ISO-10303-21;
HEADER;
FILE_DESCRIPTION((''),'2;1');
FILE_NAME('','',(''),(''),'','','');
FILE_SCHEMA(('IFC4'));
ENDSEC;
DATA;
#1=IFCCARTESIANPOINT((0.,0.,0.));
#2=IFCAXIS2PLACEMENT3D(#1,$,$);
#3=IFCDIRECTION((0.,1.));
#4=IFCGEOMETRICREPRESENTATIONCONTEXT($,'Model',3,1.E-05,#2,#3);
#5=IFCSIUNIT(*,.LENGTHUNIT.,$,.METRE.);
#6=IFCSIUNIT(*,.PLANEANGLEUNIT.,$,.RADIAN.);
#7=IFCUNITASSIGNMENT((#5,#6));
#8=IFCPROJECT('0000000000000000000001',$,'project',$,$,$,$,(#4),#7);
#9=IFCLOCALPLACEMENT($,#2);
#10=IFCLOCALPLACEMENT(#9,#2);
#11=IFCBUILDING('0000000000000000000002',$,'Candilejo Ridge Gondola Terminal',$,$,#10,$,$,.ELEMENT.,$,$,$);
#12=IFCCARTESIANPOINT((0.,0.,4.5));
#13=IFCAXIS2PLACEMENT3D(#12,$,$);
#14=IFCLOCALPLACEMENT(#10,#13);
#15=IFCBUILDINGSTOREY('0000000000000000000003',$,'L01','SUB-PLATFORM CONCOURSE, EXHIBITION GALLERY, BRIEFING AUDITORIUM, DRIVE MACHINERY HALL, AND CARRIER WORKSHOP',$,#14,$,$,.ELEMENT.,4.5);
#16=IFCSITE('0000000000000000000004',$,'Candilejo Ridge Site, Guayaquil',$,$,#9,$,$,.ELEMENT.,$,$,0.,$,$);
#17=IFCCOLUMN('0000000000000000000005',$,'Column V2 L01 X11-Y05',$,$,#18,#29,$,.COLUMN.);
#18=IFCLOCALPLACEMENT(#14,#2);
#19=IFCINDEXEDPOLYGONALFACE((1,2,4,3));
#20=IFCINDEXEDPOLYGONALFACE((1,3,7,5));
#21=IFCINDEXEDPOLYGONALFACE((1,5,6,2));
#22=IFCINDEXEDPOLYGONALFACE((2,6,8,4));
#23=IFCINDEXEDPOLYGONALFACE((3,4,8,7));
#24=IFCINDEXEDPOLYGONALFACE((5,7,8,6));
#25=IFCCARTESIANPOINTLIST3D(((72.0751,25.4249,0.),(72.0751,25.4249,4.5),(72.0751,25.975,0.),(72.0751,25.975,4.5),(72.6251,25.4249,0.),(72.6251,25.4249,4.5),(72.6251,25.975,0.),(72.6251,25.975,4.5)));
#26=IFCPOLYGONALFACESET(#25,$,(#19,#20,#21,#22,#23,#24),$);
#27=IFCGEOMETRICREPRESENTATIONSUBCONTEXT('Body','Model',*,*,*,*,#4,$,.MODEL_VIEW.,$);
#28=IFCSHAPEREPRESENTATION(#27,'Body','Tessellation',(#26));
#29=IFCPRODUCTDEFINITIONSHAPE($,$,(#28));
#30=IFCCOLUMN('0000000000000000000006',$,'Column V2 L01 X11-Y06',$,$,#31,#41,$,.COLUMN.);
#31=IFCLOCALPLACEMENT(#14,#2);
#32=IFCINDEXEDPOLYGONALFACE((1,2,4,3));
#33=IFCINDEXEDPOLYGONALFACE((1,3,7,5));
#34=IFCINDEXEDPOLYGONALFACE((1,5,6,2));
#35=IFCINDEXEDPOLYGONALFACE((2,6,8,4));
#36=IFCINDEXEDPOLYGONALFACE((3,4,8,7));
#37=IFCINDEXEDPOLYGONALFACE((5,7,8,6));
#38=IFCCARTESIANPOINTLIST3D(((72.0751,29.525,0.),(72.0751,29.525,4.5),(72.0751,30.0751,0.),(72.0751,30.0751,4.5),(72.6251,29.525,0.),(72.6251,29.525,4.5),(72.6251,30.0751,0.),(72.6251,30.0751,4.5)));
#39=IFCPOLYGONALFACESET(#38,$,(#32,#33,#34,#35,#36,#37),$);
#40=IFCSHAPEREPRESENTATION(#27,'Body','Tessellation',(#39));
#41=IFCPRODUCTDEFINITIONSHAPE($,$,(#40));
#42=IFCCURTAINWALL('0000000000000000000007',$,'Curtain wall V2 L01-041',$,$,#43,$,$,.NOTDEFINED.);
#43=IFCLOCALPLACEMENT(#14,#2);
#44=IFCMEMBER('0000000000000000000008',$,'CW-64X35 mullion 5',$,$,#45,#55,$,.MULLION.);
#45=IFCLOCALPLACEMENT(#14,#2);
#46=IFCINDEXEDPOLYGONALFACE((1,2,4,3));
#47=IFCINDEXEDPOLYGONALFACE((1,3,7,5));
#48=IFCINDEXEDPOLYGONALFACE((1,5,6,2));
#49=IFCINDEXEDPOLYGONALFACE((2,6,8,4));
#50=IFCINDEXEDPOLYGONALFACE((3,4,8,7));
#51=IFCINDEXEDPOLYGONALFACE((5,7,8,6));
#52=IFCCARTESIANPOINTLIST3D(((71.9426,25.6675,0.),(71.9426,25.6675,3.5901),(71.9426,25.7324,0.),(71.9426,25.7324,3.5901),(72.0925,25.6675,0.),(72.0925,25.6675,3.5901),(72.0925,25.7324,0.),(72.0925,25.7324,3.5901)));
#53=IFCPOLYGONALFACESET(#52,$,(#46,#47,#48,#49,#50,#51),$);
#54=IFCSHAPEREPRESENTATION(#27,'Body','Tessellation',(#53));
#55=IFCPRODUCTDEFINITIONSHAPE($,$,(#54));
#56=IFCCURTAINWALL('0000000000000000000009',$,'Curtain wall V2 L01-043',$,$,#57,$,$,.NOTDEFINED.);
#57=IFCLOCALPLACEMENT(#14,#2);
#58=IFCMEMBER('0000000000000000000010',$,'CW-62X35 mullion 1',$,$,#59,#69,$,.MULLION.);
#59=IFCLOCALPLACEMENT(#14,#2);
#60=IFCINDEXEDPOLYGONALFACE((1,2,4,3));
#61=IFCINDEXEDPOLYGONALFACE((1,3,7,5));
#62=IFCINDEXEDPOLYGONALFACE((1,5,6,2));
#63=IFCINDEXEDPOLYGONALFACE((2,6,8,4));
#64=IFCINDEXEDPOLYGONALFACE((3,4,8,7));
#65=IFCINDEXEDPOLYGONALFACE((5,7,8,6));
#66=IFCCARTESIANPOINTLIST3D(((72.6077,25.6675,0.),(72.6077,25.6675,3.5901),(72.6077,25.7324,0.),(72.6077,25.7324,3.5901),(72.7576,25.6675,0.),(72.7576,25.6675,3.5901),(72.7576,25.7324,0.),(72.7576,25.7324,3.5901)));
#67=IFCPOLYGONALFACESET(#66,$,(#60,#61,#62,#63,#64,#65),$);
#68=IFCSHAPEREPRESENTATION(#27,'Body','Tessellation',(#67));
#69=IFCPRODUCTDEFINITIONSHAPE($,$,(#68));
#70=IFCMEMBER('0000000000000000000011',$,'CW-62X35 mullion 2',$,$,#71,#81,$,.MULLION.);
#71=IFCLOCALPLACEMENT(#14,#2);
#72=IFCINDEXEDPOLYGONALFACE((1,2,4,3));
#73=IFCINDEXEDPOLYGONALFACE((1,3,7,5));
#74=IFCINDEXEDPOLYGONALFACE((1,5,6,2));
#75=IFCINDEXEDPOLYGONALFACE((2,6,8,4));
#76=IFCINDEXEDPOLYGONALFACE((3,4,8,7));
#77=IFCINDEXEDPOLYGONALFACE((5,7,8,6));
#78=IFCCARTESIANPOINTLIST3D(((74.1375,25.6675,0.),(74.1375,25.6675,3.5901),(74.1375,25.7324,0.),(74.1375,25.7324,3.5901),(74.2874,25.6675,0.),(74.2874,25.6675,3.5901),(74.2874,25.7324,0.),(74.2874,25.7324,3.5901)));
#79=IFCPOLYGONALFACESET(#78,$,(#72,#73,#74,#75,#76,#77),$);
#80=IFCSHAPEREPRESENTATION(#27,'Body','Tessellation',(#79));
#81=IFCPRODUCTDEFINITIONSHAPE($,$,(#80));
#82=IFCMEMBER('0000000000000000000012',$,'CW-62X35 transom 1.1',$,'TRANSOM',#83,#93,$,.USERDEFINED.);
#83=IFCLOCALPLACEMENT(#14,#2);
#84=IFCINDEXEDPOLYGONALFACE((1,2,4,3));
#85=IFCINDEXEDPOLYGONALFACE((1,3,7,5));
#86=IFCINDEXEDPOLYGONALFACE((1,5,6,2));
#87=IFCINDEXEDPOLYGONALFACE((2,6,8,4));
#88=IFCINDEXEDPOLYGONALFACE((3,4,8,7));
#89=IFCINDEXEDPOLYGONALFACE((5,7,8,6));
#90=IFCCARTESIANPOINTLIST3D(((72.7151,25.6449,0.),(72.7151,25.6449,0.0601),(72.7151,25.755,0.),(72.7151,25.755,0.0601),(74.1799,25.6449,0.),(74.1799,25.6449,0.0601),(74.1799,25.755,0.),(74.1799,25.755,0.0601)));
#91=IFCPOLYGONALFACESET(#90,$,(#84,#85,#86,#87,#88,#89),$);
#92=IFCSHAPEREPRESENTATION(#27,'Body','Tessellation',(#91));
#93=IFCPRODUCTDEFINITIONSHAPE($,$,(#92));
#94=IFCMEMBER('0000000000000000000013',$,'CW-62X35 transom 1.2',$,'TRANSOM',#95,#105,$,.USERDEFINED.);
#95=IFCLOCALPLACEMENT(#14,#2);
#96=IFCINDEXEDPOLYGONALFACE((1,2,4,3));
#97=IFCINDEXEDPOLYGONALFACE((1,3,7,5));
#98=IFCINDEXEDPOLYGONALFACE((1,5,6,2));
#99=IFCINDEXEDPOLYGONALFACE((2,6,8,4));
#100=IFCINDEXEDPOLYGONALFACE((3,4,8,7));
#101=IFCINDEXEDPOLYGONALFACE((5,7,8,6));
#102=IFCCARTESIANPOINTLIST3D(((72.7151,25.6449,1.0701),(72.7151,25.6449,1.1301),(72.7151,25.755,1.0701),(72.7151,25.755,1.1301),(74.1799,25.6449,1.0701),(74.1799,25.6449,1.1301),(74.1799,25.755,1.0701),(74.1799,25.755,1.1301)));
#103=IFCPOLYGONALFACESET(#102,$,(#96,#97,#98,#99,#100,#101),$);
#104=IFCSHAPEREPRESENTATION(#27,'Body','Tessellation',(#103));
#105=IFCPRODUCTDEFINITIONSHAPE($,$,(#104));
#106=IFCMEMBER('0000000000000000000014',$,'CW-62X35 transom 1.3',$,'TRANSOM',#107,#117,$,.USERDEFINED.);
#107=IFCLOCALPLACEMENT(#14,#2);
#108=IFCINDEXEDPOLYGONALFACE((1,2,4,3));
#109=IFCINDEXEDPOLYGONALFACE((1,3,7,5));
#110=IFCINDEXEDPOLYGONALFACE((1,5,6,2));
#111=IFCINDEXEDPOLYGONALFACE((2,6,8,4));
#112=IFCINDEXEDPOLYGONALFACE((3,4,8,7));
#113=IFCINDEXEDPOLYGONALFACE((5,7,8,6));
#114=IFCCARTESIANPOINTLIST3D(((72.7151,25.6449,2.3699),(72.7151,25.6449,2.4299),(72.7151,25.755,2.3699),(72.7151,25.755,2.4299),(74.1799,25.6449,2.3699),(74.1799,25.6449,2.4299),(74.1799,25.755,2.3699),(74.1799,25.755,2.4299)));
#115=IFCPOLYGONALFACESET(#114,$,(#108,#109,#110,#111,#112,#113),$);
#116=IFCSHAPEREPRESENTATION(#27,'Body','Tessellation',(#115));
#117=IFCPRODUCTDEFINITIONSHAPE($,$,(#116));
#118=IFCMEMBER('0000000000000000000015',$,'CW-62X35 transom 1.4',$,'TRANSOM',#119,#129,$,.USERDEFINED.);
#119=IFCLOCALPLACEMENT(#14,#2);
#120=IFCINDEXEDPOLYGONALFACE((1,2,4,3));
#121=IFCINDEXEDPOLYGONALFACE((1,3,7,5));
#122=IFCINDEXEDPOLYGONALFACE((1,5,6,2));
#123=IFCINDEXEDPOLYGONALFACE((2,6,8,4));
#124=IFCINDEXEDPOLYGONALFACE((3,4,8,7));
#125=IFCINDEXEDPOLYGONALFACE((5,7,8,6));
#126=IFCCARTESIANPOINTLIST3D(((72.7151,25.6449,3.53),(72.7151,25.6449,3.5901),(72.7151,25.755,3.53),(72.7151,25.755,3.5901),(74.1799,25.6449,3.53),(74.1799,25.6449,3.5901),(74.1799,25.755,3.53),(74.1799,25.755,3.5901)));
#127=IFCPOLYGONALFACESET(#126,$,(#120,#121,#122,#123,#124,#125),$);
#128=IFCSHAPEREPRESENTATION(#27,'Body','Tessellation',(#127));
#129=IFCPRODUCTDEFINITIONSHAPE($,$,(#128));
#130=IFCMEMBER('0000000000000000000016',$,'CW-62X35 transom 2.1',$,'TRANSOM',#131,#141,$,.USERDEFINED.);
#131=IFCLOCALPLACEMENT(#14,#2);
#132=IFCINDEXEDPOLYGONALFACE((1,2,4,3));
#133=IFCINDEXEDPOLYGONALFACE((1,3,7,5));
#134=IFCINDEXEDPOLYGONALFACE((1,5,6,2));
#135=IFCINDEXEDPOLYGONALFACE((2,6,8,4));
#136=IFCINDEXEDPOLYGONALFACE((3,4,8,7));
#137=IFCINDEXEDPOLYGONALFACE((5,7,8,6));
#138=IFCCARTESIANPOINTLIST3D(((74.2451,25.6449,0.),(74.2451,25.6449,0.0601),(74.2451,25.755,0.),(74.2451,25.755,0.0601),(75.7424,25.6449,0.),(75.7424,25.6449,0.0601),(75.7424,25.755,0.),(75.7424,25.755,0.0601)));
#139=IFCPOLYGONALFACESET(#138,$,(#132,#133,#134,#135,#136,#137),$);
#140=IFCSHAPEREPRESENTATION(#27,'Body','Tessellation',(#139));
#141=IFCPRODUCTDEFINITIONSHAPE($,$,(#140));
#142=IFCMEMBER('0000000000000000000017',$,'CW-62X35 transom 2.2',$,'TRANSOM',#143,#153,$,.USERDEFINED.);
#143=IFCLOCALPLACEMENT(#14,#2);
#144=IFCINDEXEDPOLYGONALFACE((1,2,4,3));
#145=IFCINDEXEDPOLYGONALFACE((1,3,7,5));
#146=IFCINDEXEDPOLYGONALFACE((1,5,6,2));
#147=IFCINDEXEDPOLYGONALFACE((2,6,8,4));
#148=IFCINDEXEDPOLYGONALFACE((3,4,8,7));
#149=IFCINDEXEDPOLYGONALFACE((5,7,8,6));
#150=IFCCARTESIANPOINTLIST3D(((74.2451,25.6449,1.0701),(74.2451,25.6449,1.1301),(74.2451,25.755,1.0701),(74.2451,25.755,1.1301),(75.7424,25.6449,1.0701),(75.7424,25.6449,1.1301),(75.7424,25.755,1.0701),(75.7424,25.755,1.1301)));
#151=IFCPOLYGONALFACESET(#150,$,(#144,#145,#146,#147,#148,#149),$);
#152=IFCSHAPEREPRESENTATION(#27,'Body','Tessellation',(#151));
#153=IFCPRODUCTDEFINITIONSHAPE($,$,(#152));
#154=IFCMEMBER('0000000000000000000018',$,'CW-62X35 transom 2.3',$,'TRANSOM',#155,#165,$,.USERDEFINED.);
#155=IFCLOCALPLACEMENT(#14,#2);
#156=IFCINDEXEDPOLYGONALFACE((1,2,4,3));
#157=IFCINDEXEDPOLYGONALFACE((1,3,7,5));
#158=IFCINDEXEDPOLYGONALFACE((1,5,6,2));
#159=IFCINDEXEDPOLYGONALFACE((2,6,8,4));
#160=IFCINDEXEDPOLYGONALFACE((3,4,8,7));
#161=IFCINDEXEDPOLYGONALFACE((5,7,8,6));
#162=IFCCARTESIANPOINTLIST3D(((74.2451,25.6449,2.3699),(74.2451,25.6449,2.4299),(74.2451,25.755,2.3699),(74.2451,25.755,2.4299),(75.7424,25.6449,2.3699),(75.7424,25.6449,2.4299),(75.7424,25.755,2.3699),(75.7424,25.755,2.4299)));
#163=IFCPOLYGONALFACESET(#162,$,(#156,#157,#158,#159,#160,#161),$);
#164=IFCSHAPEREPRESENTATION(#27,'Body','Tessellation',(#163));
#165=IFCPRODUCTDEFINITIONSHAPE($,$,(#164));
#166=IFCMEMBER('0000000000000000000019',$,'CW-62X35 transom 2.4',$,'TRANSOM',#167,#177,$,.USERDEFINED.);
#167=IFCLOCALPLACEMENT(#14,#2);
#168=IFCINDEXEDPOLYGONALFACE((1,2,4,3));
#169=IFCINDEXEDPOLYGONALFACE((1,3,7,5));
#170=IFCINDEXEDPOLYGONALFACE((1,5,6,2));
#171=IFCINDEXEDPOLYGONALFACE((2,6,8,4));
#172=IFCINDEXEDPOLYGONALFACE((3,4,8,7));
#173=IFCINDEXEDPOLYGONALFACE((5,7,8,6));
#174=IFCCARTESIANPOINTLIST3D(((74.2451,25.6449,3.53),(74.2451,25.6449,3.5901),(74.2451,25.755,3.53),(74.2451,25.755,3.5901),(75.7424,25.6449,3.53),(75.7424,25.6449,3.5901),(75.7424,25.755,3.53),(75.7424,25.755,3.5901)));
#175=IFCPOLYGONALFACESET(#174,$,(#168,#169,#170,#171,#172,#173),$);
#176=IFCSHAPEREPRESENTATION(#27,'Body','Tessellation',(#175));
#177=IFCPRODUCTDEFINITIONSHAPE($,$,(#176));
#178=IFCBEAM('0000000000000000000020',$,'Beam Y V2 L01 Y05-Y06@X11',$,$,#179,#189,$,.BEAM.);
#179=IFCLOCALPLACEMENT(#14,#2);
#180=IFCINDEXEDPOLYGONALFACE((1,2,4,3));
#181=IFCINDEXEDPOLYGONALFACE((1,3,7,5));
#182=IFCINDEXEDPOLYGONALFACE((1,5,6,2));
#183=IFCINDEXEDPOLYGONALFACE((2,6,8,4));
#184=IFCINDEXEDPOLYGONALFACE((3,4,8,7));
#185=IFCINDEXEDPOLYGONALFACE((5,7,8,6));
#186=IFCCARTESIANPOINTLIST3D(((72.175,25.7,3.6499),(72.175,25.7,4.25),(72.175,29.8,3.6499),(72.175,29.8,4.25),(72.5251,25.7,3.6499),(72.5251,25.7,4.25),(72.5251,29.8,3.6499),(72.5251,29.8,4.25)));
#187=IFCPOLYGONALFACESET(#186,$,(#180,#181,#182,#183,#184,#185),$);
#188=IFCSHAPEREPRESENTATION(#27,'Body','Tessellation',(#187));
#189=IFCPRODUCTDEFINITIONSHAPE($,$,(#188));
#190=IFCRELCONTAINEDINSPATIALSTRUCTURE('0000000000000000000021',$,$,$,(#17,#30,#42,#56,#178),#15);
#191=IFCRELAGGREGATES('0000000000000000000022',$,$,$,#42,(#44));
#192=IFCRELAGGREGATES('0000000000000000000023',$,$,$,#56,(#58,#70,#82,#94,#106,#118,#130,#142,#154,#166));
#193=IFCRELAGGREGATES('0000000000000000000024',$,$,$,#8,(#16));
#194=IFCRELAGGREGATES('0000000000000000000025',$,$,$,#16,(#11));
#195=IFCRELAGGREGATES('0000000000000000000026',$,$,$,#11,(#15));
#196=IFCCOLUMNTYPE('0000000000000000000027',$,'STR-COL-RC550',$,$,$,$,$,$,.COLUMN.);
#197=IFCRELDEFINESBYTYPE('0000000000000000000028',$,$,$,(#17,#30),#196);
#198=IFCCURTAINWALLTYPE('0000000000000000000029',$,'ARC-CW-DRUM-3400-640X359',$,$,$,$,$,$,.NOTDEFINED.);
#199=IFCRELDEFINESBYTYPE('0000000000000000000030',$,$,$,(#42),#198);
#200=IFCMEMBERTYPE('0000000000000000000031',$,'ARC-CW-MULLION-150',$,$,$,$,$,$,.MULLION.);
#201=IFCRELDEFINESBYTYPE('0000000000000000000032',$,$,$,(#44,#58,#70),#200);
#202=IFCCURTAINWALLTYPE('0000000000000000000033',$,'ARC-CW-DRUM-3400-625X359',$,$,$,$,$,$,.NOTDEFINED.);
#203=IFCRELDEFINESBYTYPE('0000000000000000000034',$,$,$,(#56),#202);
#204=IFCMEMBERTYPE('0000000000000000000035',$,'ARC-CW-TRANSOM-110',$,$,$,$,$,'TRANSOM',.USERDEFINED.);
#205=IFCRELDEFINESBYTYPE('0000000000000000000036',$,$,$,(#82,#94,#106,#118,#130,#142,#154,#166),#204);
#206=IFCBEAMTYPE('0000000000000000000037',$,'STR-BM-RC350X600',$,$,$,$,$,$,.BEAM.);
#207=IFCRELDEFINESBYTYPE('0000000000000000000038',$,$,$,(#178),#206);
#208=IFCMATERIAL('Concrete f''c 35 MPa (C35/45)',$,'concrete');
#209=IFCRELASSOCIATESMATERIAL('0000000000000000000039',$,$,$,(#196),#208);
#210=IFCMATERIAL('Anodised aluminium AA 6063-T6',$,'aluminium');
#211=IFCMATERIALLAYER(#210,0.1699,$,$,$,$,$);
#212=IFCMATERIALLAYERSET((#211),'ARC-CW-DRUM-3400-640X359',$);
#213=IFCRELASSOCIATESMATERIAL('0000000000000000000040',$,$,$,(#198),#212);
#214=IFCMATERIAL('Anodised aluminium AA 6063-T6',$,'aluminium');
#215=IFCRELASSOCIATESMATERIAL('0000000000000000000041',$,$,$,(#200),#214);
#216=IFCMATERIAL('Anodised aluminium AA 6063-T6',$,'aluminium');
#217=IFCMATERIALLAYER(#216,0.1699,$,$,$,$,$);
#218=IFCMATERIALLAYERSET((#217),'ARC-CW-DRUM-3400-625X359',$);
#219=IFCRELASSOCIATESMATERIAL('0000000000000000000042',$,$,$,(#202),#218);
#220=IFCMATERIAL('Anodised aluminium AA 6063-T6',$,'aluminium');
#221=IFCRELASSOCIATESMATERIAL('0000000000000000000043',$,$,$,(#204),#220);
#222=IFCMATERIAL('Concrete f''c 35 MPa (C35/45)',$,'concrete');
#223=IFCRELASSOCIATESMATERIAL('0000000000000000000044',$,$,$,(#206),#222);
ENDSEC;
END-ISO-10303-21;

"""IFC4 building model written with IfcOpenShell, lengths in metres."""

from ifc_helpers import new_model, si_unit, direction, frame, origin, origin_2d, place, context, subcontext, project, spatial, rectangle, extrude, material, layer, layer_set, material_profile, profile_set, type_object, element, aggregate, save


model = new_model("IFC4")

# Units and contexts
model_context = context("Model", 3, precision=1e-05, world=origin(), true_north=direction((0.0, 1.0)))
body_context = subcontext(model_context, "Body", "Model", "MODEL_VIEW")
ifc_project = project(units=[si_unit("LENGTHUNIT", "METRE"), si_unit("PLANEANGLEUNIT", "RADIAN")], contexts=[model_context])

# Site, building, storey
site_placement = place(None, origin())
site = spatial("IfcSite", under=ifc_project, at=site_placement, Name="Candilejo Ridge Site, Guayaquil", CompositionType="ELEMENT", RefElevation=0.0)
building_placement = place(site_placement, origin())
building = spatial("IfcBuilding", under=site, at=building_placement, Name="Candilejo Ridge Gondola Terminal", CompositionType="ELEMENT")
storey_placement = place(building_placement, frame((0.0, 0.0, 4.5)))
storey = spatial("IfcBuildingStorey", under=building, at=storey_placement, Name="L01", Description="SUB-PLATFORM CONCOURSE, EXHIBITION GALLERY, BRIEFING AUDITORIUM, DRIVE MACHINERY HALL, AND CARRIER WORKSHOP", CompositionType="ELEMENT", Elevation=4.5)

# Columns
ifc_material_1 = material(Name="Concrete f'c 35 MPa (C35/45)", Category="concrete")
ifc_material_profile_1 = material_profile(ifc_material_1, rectangle(XDim=0.55, YDim=0.55, at=origin_2d()))
ifc_profile_set_1 = profile_set([ifc_material_profile_1], Name="Concrete f'c 35 MPa (C35/45)")
column_type = type_object("IfcColumnType", Name="STR-COL-RC550", PredefinedType="COLUMN", material=ifc_profile_set_1)
for number, where, z_axis, x_axis, name in (
    (1, (72.3501, 25.7, 0.0), (0.0, 0.0, 1.0), (1.0, 0.0, 0.0), "Column V2 L01 X11-Y05"),
    (2, (72.3501, 29.8, 0.0), (0.0, 0.0, 1.0), (1.0, 0.0, 0.0), "Column V2 L01 X11-Y06"),
):
    element("IfcColumn", number, at=place(storey_placement, frame(where, z_axis=z_axis, x_axis=x_axis)), inside=storey, type_object=column_type, Name=name, PredefinedType="COLUMN", context=body_context, shape_type="SweptSolid", body=[
        extrude(rectangle(XDim=0.55, YDim=0.55, at=origin_2d()), origin(), (0.0, 0.0, 1.0), 4.5),
    ])

# Curtain wall, member
ifc_material_2 = material(Name="Anodised aluminium AA 6063-T6", Category="aluminium")
ifc_layer_1 = layer(ifc_material_2, 0.1699)
ifc_layer_set_1 = layer_set([ifc_layer_1], Name="ARC-CW-DRUM-3400-640X359")
curtain_wall_type_1 = type_object("IfcCurtainWallType", Name="ARC-CW-DRUM-3400-640X359", PredefinedType="NOTDEFINED", material=ifc_layer_set_1)
curtain_wall_1_placement = place(storey_placement, origin())
curtain_wall_1 = element("IfcCurtainWall", 3, at=curtain_wall_1_placement, inside=storey, type_object=curtain_wall_type_1, Name="Curtain wall V2 L01-041", PredefinedType="NOTDEFINED")
ifc_material_3 = material(Name="Anodised aluminium AA 6063-T6", Category="aluminium")
ifc_material_profile_2 = material_profile(ifc_material_3, rectangle(XDim=0.0649, YDim=0.1499, at=origin_2d()))
ifc_profile_set_2 = profile_set([ifc_material_profile_2], Name="Anodised aluminium AA 6063-T6")
member_type_1 = type_object("IfcMemberType", Name="ARC-CW-MULLION-150", PredefinedType="MULLION", material=ifc_profile_set_2)
member_1_placement = place(storey_placement, frame((72.0176, 25.7, 0.0), z_axis=(0.0, 0.0, 1.0), x_axis=(0.0, 1.0, 0.0)))
member_1 = element("IfcMember", 4, at=member_1_placement, type_object=member_type_1, Name="CW-64X35 mullion 5", PredefinedType="MULLION", context=body_context, shape_type="SweptSolid", body=[
    extrude(rectangle(XDim=0.0649, YDim=0.1499, at=origin_2d()), origin(), (0.0, 0.0, 1.0), 3.5901),
])

# Curtain wall, members
ifc_material_4 = material(Name="Anodised aluminium AA 6063-T6", Category="aluminium")
ifc_layer_2 = layer(ifc_material_4, 0.1699)
ifc_layer_set_2 = layer_set([ifc_layer_2], Name="ARC-CW-DRUM-3400-625X359")
curtain_wall_type_2 = type_object("IfcCurtainWallType", Name="ARC-CW-DRUM-3400-625X359", PredefinedType="NOTDEFINED", material=ifc_layer_set_2)
curtain_wall_2_placement = place(storey_placement, origin())
curtain_wall_2 = element("IfcCurtainWall", 5, at=curtain_wall_2_placement, inside=storey, type_object=curtain_wall_type_2, Name="Curtain wall V2 L01-043", PredefinedType="NOTDEFINED")
member_2_placement = place(storey_placement, frame((72.6826, 25.7, 0.0), z_axis=(0.0, 0.0, 1.0), x_axis=(0.0, 1.0, 0.0)))
member_2 = element("IfcMember", 6, at=member_2_placement, type_object=member_type_1, Name="CW-62X35 mullion 1", PredefinedType="MULLION", context=body_context, shape_type="SweptSolid", body=[
    extrude(rectangle(XDim=0.0649, YDim=0.1499, at=origin_2d()), origin(), (0.0, 0.0, 1.0), 3.5901),
])
member_3_placement = place(storey_placement, frame((74.2124, 25.7, 0.0), z_axis=(0.0, 0.0, 1.0), x_axis=(0.0, 1.0, 0.0)))
member_3 = element("IfcMember", 7, at=member_3_placement, type_object=member_type_1, Name="CW-62X35 mullion 2", PredefinedType="MULLION", context=body_context, shape_type="SweptSolid", body=[
    extrude(rectangle(XDim=0.0649, YDim=0.1499, at=origin_2d()), origin(), (0.0, 0.0, 1.0), 3.5901),
])
ifc_material_5 = material(Name="Anodised aluminium AA 6063-T6", Category="aluminium")
ifc_material_profile_3 = material_profile(ifc_material_5, rectangle(XDim=0.1101, YDim=0.0601, at=origin_2d()))
ifc_profile_set_3 = profile_set([ifc_material_profile_3], Name="Anodised aluminium AA 6063-T6")
member_type_2 = type_object("IfcMemberType", Name="ARC-CW-TRANSOM-110", ElementType="TRANSOM", PredefinedType="USERDEFINED", material=ifc_profile_set_3)
member_4_placement = place(storey_placement, frame((72.7151, 25.7, 0.03), z_axis=(1.0, 0.0, 0.0), x_axis=(0.0, 1.0, 0.0)))
member_4 = element("IfcMember", 8, at=member_4_placement, type_object=member_type_2, Name="CW-62X35 transom 1.1", ObjectType="TRANSOM", PredefinedType="USERDEFINED", context=body_context, shape_type="SweptSolid", body=[
    extrude(rectangle(XDim=0.1101, YDim=0.0601, at=origin_2d()), origin(), (0.0, 0.0, 1.0), 1.4648),
])
member_5_placement = place(storey_placement, frame((72.7151, 25.7, 1.1001), z_axis=(1.0, 0.0, 0.0), x_axis=(0.0, 1.0, 0.0)))
member_5 = element("IfcMember", 9, at=member_5_placement, type_object=member_type_2, Name="CW-62X35 transom 1.2", ObjectType="TRANSOM", PredefinedType="USERDEFINED", context=body_context, shape_type="SweptSolid", body=[
    extrude(rectangle(XDim=0.1101, YDim=0.0601, at=origin_2d()), origin(), (0.0, 0.0, 1.0), 1.4648),
])
member_6_placement = place(storey_placement, frame((72.7151, 25.7, 2.3999), z_axis=(1.0, 0.0, 0.0), x_axis=(0.0, 1.0, 0.0)))
member_6 = element("IfcMember", 10, at=member_6_placement, type_object=member_type_2, Name="CW-62X35 transom 1.3", ObjectType="TRANSOM", PredefinedType="USERDEFINED", context=body_context, shape_type="SweptSolid", body=[
    extrude(rectangle(XDim=0.1101, YDim=0.0601, at=origin_2d()), origin(), (0.0, 0.0, 1.0), 1.4648),
])
member_7_placement = place(storey_placement, frame((72.7151, 25.7, 3.5601), z_axis=(1.0, 0.0, 0.0), x_axis=(0.0, 1.0, 0.0)))
member_7 = element("IfcMember", 11, at=member_7_placement, type_object=member_type_2, Name="CW-62X35 transom 1.4", ObjectType="TRANSOM", PredefinedType="USERDEFINED", context=body_context, shape_type="SweptSolid", body=[
    extrude(rectangle(XDim=0.1101, YDim=0.0601, at=origin_2d()), origin(), (0.0, 0.0, 1.0), 1.4648),
])
member_8_placement = place(storey_placement, frame((74.2451, 25.7, 0.03), z_axis=(1.0, 0.0, 0.0), x_axis=(0.0, 1.0, 0.0)))
member_8 = element("IfcMember", 12, at=member_8_placement, type_object=member_type_2, Name="CW-62X35 transom 2.1", ObjectType="TRANSOM", PredefinedType="USERDEFINED", context=body_context, shape_type="SweptSolid", body=[
    extrude(rectangle(XDim=0.1101, YDim=0.0601, at=origin_2d()), origin(), (0.0, 0.0, 1.0), 1.4973),
])
member_9_placement = place(storey_placement, frame((74.2451, 25.7, 1.1001), z_axis=(1.0, 0.0, 0.0), x_axis=(0.0, 1.0, 0.0)))
member_9 = element("IfcMember", 13, at=member_9_placement, type_object=member_type_2, Name="CW-62X35 transom 2.2", ObjectType="TRANSOM", PredefinedType="USERDEFINED", context=body_context, shape_type="SweptSolid", body=[
    extrude(rectangle(XDim=0.1101, YDim=0.0601, at=origin_2d()), origin(), (0.0, 0.0, 1.0), 1.4973),
])
member_10_placement = place(storey_placement, frame((74.2451, 25.7, 2.3999), z_axis=(1.0, 0.0, 0.0), x_axis=(0.0, 1.0, 0.0)))
member_10 = element("IfcMember", 14, at=member_10_placement, type_object=member_type_2, Name="CW-62X35 transom 2.3", ObjectType="TRANSOM", PredefinedType="USERDEFINED", context=body_context, shape_type="SweptSolid", body=[
    extrude(rectangle(XDim=0.1101, YDim=0.0601, at=origin_2d()), origin(), (0.0, 0.0, 1.0), 1.4973),
])
member_11_placement = place(storey_placement, frame((74.2451, 25.7, 3.5601), z_axis=(1.0, 0.0, 0.0), x_axis=(0.0, 1.0, 0.0)))
member_11 = element("IfcMember", 15, at=member_11_placement, type_object=member_type_2, Name="CW-62X35 transom 2.4", ObjectType="TRANSOM", PredefinedType="USERDEFINED", context=body_context, shape_type="SweptSolid", body=[
    extrude(rectangle(XDim=0.1101, YDim=0.0601, at=origin_2d()), origin(), (0.0, 0.0, 1.0), 1.4973),
])

# Beam
ifc_material_6 = material(Name="Concrete f'c 35 MPa (C35/45)", Category="concrete")
ifc_material_profile_4 = material_profile(ifc_material_6, rectangle(XDim=0.3501, YDim=0.6001, at=origin_2d()))
ifc_profile_set_4 = profile_set([ifc_material_profile_4], Name="Concrete f'c 35 MPa (C35/45)")
beam_type_1 = type_object("IfcBeamType", Name="STR-BM-RC350X600", PredefinedType="BEAM", material=ifc_profile_set_4)
beam_1_placement = place(storey_placement, frame((72.3501, 25.7, 3.95), z_axis=(0.0, 1.0, 0.0), x_axis=(-1.0, 0.0, 0.0)))
element("IfcBeam", 16, at=beam_1_placement, inside=storey, type_object=beam_type_1, Name="Beam Y V2 L01 Y05-Y06@X11", PredefinedType="BEAM", context=body_context, shape_type="SweptSolid", body=[
    extrude(rectangle(XDim=0.3501, YDim=0.6001, at=origin_2d()), origin(), (0.0, 0.0, 1.0), 4.1001),
])

aggregate(curtain_wall_1, [member_1])
aggregate(curtain_wall_2, [member_2, member_3, member_4, member_5, member_6, member_7, member_8, member_9, member_10, member_11])

save(model, "model.ifc")
